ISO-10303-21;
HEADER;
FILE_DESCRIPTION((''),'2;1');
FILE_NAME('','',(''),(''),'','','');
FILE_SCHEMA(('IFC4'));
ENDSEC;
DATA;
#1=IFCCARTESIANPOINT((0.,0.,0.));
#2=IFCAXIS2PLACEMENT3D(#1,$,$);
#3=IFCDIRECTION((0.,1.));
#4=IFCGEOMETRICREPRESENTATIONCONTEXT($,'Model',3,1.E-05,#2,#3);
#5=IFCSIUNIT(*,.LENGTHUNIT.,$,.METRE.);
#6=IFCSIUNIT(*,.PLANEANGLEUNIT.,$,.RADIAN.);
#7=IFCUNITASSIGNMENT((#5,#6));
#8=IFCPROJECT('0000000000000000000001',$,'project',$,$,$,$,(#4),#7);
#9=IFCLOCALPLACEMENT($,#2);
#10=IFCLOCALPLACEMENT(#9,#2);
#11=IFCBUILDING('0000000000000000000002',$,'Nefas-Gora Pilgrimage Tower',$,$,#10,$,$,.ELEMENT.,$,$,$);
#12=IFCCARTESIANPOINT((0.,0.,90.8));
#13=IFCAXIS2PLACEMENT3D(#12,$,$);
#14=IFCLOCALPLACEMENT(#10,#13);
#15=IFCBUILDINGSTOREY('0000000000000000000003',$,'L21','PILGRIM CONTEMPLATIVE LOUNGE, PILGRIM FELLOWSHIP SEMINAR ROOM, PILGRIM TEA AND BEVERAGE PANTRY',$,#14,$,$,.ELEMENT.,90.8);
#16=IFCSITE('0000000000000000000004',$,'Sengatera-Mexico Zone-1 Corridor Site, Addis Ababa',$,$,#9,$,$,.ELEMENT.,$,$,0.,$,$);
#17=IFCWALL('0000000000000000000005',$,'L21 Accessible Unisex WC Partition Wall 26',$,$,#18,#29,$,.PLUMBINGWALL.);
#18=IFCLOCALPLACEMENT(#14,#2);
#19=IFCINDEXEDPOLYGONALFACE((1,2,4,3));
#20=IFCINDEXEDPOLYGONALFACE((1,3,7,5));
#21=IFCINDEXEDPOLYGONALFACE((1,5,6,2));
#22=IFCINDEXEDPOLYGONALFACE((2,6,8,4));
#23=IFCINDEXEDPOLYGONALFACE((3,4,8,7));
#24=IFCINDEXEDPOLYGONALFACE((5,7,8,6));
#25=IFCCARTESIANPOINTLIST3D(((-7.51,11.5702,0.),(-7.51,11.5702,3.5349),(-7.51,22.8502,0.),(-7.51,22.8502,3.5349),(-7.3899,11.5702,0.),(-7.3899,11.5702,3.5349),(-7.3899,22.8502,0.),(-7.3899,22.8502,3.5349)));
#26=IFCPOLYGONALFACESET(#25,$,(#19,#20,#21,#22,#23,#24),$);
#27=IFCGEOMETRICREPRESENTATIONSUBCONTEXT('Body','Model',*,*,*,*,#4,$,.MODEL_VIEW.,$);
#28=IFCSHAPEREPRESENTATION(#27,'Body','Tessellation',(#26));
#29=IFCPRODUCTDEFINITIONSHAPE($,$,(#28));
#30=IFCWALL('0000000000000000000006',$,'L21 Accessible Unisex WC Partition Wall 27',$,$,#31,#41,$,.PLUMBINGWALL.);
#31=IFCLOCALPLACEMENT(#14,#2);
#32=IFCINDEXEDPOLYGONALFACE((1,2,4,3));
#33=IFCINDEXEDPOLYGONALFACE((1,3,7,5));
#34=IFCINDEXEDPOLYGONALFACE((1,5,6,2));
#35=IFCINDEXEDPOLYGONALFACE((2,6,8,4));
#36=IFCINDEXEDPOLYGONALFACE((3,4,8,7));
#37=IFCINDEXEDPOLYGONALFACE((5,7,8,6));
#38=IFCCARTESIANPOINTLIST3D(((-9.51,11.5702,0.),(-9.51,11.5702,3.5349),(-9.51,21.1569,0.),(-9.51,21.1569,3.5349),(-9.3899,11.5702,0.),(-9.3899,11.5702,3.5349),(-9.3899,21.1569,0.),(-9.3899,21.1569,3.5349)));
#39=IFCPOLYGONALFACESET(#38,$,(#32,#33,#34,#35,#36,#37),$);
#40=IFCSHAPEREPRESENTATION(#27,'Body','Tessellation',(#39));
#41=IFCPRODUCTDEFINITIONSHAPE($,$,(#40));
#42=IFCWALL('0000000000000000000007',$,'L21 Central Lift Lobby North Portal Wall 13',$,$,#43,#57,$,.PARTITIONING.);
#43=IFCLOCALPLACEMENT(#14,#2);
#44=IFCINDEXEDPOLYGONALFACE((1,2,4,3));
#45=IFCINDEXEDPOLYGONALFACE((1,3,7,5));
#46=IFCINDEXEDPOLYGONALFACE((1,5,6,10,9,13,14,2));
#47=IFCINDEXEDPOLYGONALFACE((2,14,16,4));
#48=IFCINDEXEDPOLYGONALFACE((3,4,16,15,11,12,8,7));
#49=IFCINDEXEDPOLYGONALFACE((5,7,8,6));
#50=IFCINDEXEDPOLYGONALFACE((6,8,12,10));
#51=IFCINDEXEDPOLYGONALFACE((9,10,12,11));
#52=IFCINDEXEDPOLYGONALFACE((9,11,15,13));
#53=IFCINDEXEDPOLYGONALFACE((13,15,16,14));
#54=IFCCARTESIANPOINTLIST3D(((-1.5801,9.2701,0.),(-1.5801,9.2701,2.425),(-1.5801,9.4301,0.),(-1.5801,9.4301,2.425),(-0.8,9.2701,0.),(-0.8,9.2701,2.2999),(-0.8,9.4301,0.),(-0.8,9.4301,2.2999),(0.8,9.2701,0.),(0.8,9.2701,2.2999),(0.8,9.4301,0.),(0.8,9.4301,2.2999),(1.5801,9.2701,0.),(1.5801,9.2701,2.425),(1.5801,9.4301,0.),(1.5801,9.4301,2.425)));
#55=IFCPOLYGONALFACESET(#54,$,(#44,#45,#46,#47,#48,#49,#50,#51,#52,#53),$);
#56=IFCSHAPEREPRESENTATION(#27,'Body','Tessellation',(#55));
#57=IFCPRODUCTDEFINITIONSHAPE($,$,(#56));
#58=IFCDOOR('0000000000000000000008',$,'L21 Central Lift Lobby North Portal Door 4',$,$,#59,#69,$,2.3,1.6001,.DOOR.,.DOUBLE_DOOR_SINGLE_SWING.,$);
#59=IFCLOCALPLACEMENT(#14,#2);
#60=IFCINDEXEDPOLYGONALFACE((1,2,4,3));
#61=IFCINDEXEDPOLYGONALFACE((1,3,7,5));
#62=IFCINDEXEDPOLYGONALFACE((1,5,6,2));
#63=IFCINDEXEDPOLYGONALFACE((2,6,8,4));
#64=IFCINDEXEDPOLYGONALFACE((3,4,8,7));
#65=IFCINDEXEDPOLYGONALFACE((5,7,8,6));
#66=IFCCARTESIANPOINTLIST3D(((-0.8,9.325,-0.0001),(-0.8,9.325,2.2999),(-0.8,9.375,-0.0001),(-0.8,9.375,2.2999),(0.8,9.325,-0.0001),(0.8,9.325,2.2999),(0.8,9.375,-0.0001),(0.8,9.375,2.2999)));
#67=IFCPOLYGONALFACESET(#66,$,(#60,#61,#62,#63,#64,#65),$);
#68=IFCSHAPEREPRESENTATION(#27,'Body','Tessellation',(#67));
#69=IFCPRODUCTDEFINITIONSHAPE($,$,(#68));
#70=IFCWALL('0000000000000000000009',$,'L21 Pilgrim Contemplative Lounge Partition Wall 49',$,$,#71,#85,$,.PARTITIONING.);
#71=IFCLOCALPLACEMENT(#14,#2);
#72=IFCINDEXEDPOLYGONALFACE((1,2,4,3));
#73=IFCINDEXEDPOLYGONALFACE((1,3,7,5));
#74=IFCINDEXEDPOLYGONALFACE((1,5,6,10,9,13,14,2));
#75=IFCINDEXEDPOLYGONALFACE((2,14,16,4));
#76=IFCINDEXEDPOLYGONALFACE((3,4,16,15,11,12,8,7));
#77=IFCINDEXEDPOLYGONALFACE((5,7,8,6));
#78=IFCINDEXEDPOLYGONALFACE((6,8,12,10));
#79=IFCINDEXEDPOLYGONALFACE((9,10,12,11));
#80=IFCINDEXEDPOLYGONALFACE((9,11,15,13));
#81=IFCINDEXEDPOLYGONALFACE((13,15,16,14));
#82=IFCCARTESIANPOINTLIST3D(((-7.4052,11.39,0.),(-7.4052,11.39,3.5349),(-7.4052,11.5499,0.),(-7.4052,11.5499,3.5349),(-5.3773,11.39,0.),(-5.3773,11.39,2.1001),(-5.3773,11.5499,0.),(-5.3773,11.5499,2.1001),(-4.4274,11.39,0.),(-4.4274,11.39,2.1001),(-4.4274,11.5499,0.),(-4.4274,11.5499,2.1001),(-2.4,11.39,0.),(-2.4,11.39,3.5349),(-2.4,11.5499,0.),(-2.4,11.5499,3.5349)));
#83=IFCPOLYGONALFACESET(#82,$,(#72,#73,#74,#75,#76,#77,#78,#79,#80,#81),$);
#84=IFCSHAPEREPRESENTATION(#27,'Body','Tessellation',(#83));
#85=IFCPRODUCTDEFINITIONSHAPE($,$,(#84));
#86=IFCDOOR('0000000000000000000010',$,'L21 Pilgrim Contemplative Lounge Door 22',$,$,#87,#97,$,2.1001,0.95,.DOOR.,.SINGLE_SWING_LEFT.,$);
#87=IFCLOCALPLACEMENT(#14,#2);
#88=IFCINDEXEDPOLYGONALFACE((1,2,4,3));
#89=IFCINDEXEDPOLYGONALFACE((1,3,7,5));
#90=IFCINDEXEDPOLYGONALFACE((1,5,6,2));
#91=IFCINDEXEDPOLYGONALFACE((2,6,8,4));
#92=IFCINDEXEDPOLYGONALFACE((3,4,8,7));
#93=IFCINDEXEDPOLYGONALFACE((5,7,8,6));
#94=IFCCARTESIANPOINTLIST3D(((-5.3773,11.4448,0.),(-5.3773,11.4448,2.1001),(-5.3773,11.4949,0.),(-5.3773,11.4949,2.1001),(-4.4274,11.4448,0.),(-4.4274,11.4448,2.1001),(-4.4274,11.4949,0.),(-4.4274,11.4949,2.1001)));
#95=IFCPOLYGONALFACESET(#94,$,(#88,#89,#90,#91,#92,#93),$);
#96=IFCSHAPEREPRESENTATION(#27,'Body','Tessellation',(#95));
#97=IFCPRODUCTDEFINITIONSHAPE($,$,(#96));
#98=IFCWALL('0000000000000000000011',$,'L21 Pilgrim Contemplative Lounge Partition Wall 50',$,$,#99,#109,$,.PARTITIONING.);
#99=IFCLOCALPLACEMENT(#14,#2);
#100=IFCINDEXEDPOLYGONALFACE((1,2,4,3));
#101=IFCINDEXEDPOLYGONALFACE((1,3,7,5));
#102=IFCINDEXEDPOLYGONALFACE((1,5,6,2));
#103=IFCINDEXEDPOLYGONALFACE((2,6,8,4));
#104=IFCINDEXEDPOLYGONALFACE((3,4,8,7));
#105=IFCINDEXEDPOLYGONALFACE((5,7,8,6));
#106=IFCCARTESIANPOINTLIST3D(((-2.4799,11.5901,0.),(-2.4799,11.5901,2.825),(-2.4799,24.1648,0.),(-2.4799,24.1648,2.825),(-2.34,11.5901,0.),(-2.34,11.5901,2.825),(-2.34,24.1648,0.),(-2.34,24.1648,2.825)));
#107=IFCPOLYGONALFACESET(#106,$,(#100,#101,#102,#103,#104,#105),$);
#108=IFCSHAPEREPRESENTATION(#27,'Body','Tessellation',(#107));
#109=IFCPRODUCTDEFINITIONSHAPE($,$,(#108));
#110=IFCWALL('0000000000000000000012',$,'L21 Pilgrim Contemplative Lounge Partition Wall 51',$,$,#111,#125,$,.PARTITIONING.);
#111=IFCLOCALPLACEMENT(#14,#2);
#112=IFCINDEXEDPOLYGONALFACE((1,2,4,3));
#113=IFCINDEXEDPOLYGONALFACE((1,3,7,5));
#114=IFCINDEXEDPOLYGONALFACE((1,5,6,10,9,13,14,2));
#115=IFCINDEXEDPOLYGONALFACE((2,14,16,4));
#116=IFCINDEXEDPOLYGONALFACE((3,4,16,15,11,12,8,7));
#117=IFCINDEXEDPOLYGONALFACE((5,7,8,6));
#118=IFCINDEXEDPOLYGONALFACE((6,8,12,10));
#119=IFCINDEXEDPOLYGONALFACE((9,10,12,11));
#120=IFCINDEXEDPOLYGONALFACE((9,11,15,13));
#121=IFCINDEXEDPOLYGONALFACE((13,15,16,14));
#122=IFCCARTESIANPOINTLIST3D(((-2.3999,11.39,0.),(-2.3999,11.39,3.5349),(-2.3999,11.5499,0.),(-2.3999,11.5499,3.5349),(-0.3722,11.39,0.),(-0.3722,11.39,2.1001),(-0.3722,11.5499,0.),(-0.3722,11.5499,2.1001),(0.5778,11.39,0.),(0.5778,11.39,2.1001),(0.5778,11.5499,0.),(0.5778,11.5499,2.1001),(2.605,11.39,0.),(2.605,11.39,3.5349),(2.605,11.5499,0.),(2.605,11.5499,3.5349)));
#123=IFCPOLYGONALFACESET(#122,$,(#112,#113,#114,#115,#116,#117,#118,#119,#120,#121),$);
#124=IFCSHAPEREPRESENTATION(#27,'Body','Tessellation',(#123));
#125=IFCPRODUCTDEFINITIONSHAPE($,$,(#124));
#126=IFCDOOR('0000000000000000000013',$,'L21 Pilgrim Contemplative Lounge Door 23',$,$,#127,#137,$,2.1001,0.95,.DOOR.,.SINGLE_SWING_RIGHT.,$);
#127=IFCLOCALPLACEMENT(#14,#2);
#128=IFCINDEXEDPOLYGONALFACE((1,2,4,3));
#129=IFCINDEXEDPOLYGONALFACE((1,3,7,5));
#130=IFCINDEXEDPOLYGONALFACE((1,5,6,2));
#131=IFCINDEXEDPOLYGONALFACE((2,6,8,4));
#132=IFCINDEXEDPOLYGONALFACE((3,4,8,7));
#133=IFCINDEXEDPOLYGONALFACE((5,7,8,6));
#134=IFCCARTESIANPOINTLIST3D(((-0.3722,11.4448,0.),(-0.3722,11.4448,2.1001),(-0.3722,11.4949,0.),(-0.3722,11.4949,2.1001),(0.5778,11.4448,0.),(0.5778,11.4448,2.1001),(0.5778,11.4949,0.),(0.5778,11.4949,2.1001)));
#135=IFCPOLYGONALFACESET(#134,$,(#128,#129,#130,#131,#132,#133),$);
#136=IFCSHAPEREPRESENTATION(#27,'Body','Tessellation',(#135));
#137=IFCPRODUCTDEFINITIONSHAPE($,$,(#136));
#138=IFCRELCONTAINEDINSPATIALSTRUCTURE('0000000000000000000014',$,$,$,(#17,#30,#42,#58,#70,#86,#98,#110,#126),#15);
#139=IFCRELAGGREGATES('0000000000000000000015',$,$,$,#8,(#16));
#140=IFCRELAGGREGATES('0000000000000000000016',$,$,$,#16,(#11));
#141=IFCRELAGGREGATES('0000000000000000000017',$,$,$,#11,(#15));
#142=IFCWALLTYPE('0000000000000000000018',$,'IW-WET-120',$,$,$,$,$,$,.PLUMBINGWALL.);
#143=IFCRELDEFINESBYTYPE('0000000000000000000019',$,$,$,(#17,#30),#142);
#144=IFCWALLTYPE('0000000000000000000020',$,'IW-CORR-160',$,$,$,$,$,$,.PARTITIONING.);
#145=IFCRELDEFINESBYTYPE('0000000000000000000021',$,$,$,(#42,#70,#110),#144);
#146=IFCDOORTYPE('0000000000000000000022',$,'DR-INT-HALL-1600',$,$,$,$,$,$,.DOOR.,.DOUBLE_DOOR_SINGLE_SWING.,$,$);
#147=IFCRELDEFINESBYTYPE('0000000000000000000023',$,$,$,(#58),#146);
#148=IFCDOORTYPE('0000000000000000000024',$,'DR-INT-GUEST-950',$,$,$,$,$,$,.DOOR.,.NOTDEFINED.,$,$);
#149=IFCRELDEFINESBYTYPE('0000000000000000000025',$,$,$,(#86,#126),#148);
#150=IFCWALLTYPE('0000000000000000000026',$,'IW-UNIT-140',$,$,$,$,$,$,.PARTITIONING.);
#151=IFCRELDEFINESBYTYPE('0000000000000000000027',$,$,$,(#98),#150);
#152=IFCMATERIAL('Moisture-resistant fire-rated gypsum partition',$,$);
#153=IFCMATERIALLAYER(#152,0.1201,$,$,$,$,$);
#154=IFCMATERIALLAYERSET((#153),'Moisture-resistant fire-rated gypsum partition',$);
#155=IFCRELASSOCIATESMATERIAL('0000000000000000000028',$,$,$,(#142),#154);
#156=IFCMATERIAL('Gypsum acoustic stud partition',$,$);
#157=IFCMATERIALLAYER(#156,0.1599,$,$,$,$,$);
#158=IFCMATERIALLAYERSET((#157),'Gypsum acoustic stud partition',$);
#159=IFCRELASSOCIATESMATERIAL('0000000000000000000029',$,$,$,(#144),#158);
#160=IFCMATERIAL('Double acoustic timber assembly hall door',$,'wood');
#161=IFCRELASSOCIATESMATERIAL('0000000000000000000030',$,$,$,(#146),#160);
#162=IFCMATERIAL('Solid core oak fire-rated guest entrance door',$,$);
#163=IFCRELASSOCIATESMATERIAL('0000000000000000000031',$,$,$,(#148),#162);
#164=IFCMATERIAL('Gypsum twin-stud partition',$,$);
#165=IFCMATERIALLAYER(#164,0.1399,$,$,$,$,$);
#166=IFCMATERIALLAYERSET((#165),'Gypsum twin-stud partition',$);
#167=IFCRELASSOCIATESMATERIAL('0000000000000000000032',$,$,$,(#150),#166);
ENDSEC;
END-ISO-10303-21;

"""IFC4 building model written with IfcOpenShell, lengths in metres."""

from ifc_helpers import new_model, si_unit, direction, frame, frame_2d, origin, place, context, subcontext, project, spatial, rectangle, extrude, source, transform, mapped, material, layer, layer_set, type_object, element, fill, save


model = new_model("IFC4")

# Units and contexts
model_context = context("Model", 3, precision=1e-05, world=origin(), true_north=direction((0.0, 1.0)))
body_context = subcontext(model_context, "Body", "Model", "MODEL_VIEW")
ifc_project = project(units=[si_unit("LENGTHUNIT", "METRE"), si_unit("PLANEANGLEUNIT", "RADIAN")], contexts=[model_context])

# Site, building, storey
site_placement = place(None, origin())
site = spatial("IfcSite", under=ifc_project, at=site_placement, Name="Sengatera-Mexico Zone-1 Corridor Site, Addis Ababa", CompositionType="ELEMENT", RefElevation=0.0)
building_placement = place(site_placement, origin())
building = spatial("IfcBuilding", under=site, at=building_placement, Name="Nefas-Gora Pilgrimage Tower", CompositionType="ELEMENT")
storey_placement = place(building_placement, frame((0.0, 0.0, 90.8)))
storey = spatial("IfcBuildingStorey", under=building, at=storey_placement, Name="L21", Description="PILGRIM CONTEMPLATIVE LOUNGE, PILGRIM FELLOWSHIP SEMINAR ROOM, PILGRIM TEA AND BEVERAGE PANTRY", CompositionType="ELEMENT", Elevation=90.8)

# Shared definitions
ifc_material_1 = material(Name="Moisture-resistant fire-rated gypsum partition")
ifc_layer_1 = layer(ifc_material_1, 0.1201)
ifc_layer_set_1 = layer_set([ifc_layer_1], Name="Moisture-resistant fire-rated gypsum partition")
wall_type_1 = type_object("IfcWallType", Name="IW-WET-120", PredefinedType="PLUMBINGWALL", material=ifc_layer_set_1)

# Walls
shared_shape_1 = source(origin(), body_context, "Body", "SweptSolid", [
    extrude(rectangle(XDim=11.28, YDim=0.1201, at=frame_2d((5.6401, 0.0))), origin(), (0.0, 0.0, 1.0), 3.5349),
])
wall_1_placement = place(storey_placement, frame((-7.45, 11.5701, 0.0), z_axis=(0.0, 0.0, 1.0), x_axis=(0.0, 1.0, 0.0)))
element("IfcWall", 1, at=wall_1_placement, inside=storey, type_object=wall_type_1, Name="L21 Accessible Unisex WC Partition Wall 26", PredefinedType="PLUMBINGWALL", context=body_context, shape_type="MappedRepresentation", body=[
    mapped(shared_shape_1, transform((0.0, 0.0, 0.0), x_axis=(1.0, 0.0, 0.0), y_axis=(0.0, 1.0, 0.0), z_axis=(0.0, 0.0, 1.0), scale=1.0)),
])
shared_shape_2 = source(origin(), body_context, "Body", "SweptSolid", [
    extrude(rectangle(XDim=9.5867, YDim=0.1201, at=frame_2d((4.7935, 0.0))), origin(), (0.0, 0.0, 1.0), 3.5349),
])
wall_2_placement = place(storey_placement, frame((-9.45, 11.5701, 0.0), z_axis=(0.0, 0.0, 1.0), x_axis=(0.0, 1.0, 0.0)))
element("IfcWall", 2, at=wall_2_placement, inside=storey, type_object=wall_type_1, Name="L21 Accessible Unisex WC Partition Wall 27", PredefinedType="PLUMBINGWALL", context=body_context, shape_type="MappedRepresentation", body=[
    mapped(shared_shape_2, transform((0.0, 0.0, 0.0), x_axis=(1.0, 0.0, 0.0), y_axis=(0.0, 1.0, 0.0), z_axis=(0.0, 0.0, 1.0), scale=1.0)),
])

# Walls, openings, doors
ifc_material_2 = material(Name="Gypsum acoustic stud partition")
ifc_layer_2 = layer(ifc_material_2, 0.1599)
ifc_layer_set_2 = layer_set([ifc_layer_2], Name="Gypsum acoustic stud partition")
wall_type_2 = type_object("IfcWallType", Name="IW-CORR-160", PredefinedType="PARTITIONING", material=ifc_layer_set_2)
shared_shape_3 = source(origin(), body_context, "Body", "SweptSolid", [
    extrude(rectangle(XDim=3.1602, YDim=0.1599, at=frame_2d((1.5801, 0.0))), origin(), (0.0, 0.0, 1.0), 2.425),
])
wall_3_placement = place(storey_placement, frame((-1.5801, 9.3501, 0.0), z_axis=(0.0, 0.0, 1.0), x_axis=(1.0, 0.0, 0.0)))
wall_3 = element("IfcWall", 3, at=wall_3_placement, inside=storey, type_object=wall_type_2, Name="L21 Central Lift Lobby North Portal Wall 13", PredefinedType="PARTITIONING", context=body_context, shape_type="MappedRepresentation", body=[
    mapped(shared_shape_3, transform((0.0, 0.0, 0.0), x_axis=(1.0, 0.0, 0.0), y_axis=(0.0, 1.0, 0.0), z_axis=(0.0, 0.0, 1.0), scale=1.0)),
])
opening_1_placement = place(wall_3_placement, frame((0.78, 0.0, 0.0)))
opening_1 = element("IfcOpeningElement", 4, at=opening_1_placement, cuts=wall_3, PredefinedType="OPENING", context=body_context, shape_type="SweptSolid", body=[
    extrude(rectangle(XDim=1.6001, YDim=2.3, at=frame_2d((0.8, 1.1499))), frame((0.0, 0.0898, 0.0), z_axis=(0.0, -1.0, 0.0), x_axis=(1.0, 0.0, 0.0)), (0.0, 0.0, 1.0), 0.1799),
])
ifc_material_3 = material(Name="Double acoustic timber assembly hall door", Category="wood")
door_type_1 = type_object("IfcDoorType", Name="DR-INT-HALL-1600", OperationType="DOUBLE_DOOR_SINGLE_SWING", PredefinedType="DOOR", material=ifc_material_3)
shared_shape_4 = source(origin(), body_context, "Body", "SweptSolid", [
    extrude(rectangle(XDim=1.6001, YDim=2.3, at=frame_2d((0.8, 1.1499))), frame((0.0, 0.0249, 0.0), z_axis=(0.0, -1.0, 0.0), x_axis=(1.0, 0.0, 0.0)), (0.0, 0.0, 1.0), 0.05),
])
door_1_placement = place(opening_1_placement, origin())
door_1 = element("IfcDoor", 5, at=door_1_placement, inside=storey, type_object=door_type_1, Name="L21 Central Lift Lobby North Portal Door 4", OperationType="DOUBLE_DOOR_SINGLE_SWING", OverallHeight=2.3, OverallWidth=1.6001, PredefinedType="DOOR", context=body_context, shape_type="MappedRepresentation", body=[
    mapped(shared_shape_4, transform((0.0, 0.0, 0.0), x_axis=(1.0, 0.0, 0.0), y_axis=(0.0, 1.0, 0.0), z_axis=(0.0, 0.0, 1.0), scale=1.0)),
])
fill(opening_1, door_1)
shared_shape_5 = source(origin(), body_context, "Body", "SweptSolid", [
    extrude(rectangle(XDim=5.0051, YDim=0.1599, at=frame_2d((2.5024, 0.0))), origin(), (0.0, 0.0, 1.0), 3.5349),
])
wall_4_placement = place(storey_placement, frame((-7.405, 11.47, 0.0), z_axis=(0.0, 0.0, 1.0), x_axis=(1.0, 0.0, 0.0)))
wall_4 = element("IfcWall", 6, at=wall_4_placement, inside=storey, type_object=wall_type_2, Name="L21 Pilgrim Contemplative Lounge Partition Wall 49", PredefinedType="PARTITIONING", context=body_context, shape_type="MappedRepresentation", body=[
    mapped(shared_shape_5, transform((0.0, 0.0, 0.0), x_axis=(1.0, 0.0, 0.0), y_axis=(0.0, 1.0, 0.0), z_axis=(0.0, 0.0, 1.0), scale=1.0)),
])
opening_2_placement = place(wall_4_placement, frame((2.0276, 0.0, 0.0)))
opening_2 = element("IfcOpeningElement", 7, at=opening_2_placement, cuts=wall_4, PredefinedType="OPENING", context=body_context, shape_type="SweptSolid", body=[
    extrude(rectangle(XDim=0.95, YDim=2.1001, at=frame_2d((0.4751, 1.05))), frame((0.0, 0.0898, 0.0), z_axis=(0.0, -1.0, 0.0), x_axis=(1.0, 0.0, 0.0)), (0.0, 0.0, 1.0), 0.1799),
])
ifc_material_4 = material(Name="Solid core oak fire-rated guest entrance door")
door_type_2 = type_object("IfcDoorType", Name="DR-INT-GUEST-950", OperationType="NOTDEFINED", PredefinedType="DOOR", material=ifc_material_4)
shared_shape_6 = source(origin(), body_context, "Body", "SweptSolid", [
    extrude(rectangle(XDim=0.95, YDim=2.1001, at=frame_2d((0.4751, 1.05))), frame((0.0, 0.0249, 0.0), z_axis=(0.0, -1.0, 0.0), x_axis=(1.0, 0.0, 0.0)), (0.0, 0.0, 1.0), 0.05),
])
door_2_placement = place(opening_2_placement, origin())
door_2 = element("IfcDoor", 8, at=door_2_placement, inside=storey, type_object=door_type_2, Name="L21 Pilgrim Contemplative Lounge Door 22", OperationType="SINGLE_SWING_LEFT", OverallHeight=2.1001, OverallWidth=0.95, PredefinedType="DOOR", context=body_context, shape_type="MappedRepresentation", body=[
    mapped(shared_shape_6, transform((0.0, 0.0, 0.0), x_axis=(1.0, 0.0, 0.0), y_axis=(0.0, 1.0, 0.0), z_axis=(0.0, 0.0, 1.0), scale=1.0)),
])
fill(opening_2, door_2)

# Wall
ifc_material_5 = material(Name="Gypsum twin-stud partition")
ifc_layer_3 = layer(ifc_material_5, 0.1399)
ifc_layer_set_3 = layer_set([ifc_layer_3], Name="Gypsum twin-stud partition")
wall_type_3 = type_object("IfcWallType", Name="IW-UNIT-140", PredefinedType="PARTITIONING", material=ifc_layer_set_3)
shared_shape_7 = source(origin(), body_context, "Body", "SweptSolid", [
    extrude(rectangle(XDim=12.5747, YDim=0.1399, at=frame_2d((6.2874, 0.0))), origin(), (0.0, 0.0, 1.0), 2.825),
])
wall_5_placement = place(storey_placement, frame((-2.4099, 11.5901, 0.0), z_axis=(0.0, 0.0, 1.0), x_axis=(0.0, 1.0, 0.0)))
element("IfcWall", 9, at=wall_5_placement, inside=storey, type_object=wall_type_3, Name="L21 Pilgrim Contemplative Lounge Partition Wall 50", PredefinedType="PARTITIONING", context=body_context, shape_type="MappedRepresentation", body=[
    mapped(shared_shape_7, transform((0.0, 0.0, 0.0), x_axis=(1.0, 0.0, 0.0), y_axis=(0.0, 1.0, 0.0), z_axis=(0.0, 0.0, 1.0), scale=1.0)),
])

# Wall, opening, door
shared_shape_8 = source(origin(), body_context, "Body", "SweptSolid", [
    extrude(rectangle(XDim=5.0049, YDim=0.1599, at=frame_2d((2.5024, 0.0))), origin(), (0.0, 0.0, 1.0), 3.5349),
])
wall_6_placement = place(storey_placement, frame((-2.3999, 11.47, 0.0), z_axis=(0.0, 0.0, 1.0), x_axis=(1.0, 0.0, 0.0)))
wall_6 = element("IfcWall", 10, at=wall_6_placement, inside=storey, type_object=wall_type_2, Name="L21 Pilgrim Contemplative Lounge Partition Wall 51", PredefinedType="PARTITIONING", context=body_context, shape_type="MappedRepresentation", body=[
    mapped(shared_shape_8, transform((0.0, 0.0, 0.0), x_axis=(1.0, 0.0, 0.0), y_axis=(0.0, 1.0, 0.0), z_axis=(0.0, 0.0, 1.0), scale=1.0)),
])
opening_3_placement = place(wall_6_placement, frame((2.0276, 0.0, 0.0)))
opening_3 = element("IfcOpeningElement", 11, at=opening_3_placement, cuts=wall_6, PredefinedType="OPENING", context=body_context, shape_type="SweptSolid", body=[
    extrude(rectangle(XDim=0.95, YDim=2.1001, at=frame_2d((0.4751, 1.05))), frame((0.0, 0.0898, 0.0), z_axis=(0.0, -1.0, 0.0), x_axis=(1.0, 0.0, 0.0)), (0.0, 0.0, 1.0), 0.1799),
])
door_3_placement = place(opening_3_placement, origin())
door_3 = element("IfcDoor", 12, at=door_3_placement, inside=storey, type_object=door_type_2, Name="L21 Pilgrim Contemplative Lounge Door 23", OperationType="SINGLE_SWING_RIGHT", OverallHeight=2.1001, OverallWidth=0.95, PredefinedType="DOOR", context=body_context, shape_type="MappedRepresentation", body=[
    mapped(shared_shape_6, transform((0.0, 0.0, 0.0), x_axis=(1.0, 0.0, 0.0), y_axis=(0.0, 1.0, 0.0), z_axis=(0.0, 0.0, 1.0), scale=1.0)),
])
fill(opening_3, door_3)

save(model, "model.ifc")
